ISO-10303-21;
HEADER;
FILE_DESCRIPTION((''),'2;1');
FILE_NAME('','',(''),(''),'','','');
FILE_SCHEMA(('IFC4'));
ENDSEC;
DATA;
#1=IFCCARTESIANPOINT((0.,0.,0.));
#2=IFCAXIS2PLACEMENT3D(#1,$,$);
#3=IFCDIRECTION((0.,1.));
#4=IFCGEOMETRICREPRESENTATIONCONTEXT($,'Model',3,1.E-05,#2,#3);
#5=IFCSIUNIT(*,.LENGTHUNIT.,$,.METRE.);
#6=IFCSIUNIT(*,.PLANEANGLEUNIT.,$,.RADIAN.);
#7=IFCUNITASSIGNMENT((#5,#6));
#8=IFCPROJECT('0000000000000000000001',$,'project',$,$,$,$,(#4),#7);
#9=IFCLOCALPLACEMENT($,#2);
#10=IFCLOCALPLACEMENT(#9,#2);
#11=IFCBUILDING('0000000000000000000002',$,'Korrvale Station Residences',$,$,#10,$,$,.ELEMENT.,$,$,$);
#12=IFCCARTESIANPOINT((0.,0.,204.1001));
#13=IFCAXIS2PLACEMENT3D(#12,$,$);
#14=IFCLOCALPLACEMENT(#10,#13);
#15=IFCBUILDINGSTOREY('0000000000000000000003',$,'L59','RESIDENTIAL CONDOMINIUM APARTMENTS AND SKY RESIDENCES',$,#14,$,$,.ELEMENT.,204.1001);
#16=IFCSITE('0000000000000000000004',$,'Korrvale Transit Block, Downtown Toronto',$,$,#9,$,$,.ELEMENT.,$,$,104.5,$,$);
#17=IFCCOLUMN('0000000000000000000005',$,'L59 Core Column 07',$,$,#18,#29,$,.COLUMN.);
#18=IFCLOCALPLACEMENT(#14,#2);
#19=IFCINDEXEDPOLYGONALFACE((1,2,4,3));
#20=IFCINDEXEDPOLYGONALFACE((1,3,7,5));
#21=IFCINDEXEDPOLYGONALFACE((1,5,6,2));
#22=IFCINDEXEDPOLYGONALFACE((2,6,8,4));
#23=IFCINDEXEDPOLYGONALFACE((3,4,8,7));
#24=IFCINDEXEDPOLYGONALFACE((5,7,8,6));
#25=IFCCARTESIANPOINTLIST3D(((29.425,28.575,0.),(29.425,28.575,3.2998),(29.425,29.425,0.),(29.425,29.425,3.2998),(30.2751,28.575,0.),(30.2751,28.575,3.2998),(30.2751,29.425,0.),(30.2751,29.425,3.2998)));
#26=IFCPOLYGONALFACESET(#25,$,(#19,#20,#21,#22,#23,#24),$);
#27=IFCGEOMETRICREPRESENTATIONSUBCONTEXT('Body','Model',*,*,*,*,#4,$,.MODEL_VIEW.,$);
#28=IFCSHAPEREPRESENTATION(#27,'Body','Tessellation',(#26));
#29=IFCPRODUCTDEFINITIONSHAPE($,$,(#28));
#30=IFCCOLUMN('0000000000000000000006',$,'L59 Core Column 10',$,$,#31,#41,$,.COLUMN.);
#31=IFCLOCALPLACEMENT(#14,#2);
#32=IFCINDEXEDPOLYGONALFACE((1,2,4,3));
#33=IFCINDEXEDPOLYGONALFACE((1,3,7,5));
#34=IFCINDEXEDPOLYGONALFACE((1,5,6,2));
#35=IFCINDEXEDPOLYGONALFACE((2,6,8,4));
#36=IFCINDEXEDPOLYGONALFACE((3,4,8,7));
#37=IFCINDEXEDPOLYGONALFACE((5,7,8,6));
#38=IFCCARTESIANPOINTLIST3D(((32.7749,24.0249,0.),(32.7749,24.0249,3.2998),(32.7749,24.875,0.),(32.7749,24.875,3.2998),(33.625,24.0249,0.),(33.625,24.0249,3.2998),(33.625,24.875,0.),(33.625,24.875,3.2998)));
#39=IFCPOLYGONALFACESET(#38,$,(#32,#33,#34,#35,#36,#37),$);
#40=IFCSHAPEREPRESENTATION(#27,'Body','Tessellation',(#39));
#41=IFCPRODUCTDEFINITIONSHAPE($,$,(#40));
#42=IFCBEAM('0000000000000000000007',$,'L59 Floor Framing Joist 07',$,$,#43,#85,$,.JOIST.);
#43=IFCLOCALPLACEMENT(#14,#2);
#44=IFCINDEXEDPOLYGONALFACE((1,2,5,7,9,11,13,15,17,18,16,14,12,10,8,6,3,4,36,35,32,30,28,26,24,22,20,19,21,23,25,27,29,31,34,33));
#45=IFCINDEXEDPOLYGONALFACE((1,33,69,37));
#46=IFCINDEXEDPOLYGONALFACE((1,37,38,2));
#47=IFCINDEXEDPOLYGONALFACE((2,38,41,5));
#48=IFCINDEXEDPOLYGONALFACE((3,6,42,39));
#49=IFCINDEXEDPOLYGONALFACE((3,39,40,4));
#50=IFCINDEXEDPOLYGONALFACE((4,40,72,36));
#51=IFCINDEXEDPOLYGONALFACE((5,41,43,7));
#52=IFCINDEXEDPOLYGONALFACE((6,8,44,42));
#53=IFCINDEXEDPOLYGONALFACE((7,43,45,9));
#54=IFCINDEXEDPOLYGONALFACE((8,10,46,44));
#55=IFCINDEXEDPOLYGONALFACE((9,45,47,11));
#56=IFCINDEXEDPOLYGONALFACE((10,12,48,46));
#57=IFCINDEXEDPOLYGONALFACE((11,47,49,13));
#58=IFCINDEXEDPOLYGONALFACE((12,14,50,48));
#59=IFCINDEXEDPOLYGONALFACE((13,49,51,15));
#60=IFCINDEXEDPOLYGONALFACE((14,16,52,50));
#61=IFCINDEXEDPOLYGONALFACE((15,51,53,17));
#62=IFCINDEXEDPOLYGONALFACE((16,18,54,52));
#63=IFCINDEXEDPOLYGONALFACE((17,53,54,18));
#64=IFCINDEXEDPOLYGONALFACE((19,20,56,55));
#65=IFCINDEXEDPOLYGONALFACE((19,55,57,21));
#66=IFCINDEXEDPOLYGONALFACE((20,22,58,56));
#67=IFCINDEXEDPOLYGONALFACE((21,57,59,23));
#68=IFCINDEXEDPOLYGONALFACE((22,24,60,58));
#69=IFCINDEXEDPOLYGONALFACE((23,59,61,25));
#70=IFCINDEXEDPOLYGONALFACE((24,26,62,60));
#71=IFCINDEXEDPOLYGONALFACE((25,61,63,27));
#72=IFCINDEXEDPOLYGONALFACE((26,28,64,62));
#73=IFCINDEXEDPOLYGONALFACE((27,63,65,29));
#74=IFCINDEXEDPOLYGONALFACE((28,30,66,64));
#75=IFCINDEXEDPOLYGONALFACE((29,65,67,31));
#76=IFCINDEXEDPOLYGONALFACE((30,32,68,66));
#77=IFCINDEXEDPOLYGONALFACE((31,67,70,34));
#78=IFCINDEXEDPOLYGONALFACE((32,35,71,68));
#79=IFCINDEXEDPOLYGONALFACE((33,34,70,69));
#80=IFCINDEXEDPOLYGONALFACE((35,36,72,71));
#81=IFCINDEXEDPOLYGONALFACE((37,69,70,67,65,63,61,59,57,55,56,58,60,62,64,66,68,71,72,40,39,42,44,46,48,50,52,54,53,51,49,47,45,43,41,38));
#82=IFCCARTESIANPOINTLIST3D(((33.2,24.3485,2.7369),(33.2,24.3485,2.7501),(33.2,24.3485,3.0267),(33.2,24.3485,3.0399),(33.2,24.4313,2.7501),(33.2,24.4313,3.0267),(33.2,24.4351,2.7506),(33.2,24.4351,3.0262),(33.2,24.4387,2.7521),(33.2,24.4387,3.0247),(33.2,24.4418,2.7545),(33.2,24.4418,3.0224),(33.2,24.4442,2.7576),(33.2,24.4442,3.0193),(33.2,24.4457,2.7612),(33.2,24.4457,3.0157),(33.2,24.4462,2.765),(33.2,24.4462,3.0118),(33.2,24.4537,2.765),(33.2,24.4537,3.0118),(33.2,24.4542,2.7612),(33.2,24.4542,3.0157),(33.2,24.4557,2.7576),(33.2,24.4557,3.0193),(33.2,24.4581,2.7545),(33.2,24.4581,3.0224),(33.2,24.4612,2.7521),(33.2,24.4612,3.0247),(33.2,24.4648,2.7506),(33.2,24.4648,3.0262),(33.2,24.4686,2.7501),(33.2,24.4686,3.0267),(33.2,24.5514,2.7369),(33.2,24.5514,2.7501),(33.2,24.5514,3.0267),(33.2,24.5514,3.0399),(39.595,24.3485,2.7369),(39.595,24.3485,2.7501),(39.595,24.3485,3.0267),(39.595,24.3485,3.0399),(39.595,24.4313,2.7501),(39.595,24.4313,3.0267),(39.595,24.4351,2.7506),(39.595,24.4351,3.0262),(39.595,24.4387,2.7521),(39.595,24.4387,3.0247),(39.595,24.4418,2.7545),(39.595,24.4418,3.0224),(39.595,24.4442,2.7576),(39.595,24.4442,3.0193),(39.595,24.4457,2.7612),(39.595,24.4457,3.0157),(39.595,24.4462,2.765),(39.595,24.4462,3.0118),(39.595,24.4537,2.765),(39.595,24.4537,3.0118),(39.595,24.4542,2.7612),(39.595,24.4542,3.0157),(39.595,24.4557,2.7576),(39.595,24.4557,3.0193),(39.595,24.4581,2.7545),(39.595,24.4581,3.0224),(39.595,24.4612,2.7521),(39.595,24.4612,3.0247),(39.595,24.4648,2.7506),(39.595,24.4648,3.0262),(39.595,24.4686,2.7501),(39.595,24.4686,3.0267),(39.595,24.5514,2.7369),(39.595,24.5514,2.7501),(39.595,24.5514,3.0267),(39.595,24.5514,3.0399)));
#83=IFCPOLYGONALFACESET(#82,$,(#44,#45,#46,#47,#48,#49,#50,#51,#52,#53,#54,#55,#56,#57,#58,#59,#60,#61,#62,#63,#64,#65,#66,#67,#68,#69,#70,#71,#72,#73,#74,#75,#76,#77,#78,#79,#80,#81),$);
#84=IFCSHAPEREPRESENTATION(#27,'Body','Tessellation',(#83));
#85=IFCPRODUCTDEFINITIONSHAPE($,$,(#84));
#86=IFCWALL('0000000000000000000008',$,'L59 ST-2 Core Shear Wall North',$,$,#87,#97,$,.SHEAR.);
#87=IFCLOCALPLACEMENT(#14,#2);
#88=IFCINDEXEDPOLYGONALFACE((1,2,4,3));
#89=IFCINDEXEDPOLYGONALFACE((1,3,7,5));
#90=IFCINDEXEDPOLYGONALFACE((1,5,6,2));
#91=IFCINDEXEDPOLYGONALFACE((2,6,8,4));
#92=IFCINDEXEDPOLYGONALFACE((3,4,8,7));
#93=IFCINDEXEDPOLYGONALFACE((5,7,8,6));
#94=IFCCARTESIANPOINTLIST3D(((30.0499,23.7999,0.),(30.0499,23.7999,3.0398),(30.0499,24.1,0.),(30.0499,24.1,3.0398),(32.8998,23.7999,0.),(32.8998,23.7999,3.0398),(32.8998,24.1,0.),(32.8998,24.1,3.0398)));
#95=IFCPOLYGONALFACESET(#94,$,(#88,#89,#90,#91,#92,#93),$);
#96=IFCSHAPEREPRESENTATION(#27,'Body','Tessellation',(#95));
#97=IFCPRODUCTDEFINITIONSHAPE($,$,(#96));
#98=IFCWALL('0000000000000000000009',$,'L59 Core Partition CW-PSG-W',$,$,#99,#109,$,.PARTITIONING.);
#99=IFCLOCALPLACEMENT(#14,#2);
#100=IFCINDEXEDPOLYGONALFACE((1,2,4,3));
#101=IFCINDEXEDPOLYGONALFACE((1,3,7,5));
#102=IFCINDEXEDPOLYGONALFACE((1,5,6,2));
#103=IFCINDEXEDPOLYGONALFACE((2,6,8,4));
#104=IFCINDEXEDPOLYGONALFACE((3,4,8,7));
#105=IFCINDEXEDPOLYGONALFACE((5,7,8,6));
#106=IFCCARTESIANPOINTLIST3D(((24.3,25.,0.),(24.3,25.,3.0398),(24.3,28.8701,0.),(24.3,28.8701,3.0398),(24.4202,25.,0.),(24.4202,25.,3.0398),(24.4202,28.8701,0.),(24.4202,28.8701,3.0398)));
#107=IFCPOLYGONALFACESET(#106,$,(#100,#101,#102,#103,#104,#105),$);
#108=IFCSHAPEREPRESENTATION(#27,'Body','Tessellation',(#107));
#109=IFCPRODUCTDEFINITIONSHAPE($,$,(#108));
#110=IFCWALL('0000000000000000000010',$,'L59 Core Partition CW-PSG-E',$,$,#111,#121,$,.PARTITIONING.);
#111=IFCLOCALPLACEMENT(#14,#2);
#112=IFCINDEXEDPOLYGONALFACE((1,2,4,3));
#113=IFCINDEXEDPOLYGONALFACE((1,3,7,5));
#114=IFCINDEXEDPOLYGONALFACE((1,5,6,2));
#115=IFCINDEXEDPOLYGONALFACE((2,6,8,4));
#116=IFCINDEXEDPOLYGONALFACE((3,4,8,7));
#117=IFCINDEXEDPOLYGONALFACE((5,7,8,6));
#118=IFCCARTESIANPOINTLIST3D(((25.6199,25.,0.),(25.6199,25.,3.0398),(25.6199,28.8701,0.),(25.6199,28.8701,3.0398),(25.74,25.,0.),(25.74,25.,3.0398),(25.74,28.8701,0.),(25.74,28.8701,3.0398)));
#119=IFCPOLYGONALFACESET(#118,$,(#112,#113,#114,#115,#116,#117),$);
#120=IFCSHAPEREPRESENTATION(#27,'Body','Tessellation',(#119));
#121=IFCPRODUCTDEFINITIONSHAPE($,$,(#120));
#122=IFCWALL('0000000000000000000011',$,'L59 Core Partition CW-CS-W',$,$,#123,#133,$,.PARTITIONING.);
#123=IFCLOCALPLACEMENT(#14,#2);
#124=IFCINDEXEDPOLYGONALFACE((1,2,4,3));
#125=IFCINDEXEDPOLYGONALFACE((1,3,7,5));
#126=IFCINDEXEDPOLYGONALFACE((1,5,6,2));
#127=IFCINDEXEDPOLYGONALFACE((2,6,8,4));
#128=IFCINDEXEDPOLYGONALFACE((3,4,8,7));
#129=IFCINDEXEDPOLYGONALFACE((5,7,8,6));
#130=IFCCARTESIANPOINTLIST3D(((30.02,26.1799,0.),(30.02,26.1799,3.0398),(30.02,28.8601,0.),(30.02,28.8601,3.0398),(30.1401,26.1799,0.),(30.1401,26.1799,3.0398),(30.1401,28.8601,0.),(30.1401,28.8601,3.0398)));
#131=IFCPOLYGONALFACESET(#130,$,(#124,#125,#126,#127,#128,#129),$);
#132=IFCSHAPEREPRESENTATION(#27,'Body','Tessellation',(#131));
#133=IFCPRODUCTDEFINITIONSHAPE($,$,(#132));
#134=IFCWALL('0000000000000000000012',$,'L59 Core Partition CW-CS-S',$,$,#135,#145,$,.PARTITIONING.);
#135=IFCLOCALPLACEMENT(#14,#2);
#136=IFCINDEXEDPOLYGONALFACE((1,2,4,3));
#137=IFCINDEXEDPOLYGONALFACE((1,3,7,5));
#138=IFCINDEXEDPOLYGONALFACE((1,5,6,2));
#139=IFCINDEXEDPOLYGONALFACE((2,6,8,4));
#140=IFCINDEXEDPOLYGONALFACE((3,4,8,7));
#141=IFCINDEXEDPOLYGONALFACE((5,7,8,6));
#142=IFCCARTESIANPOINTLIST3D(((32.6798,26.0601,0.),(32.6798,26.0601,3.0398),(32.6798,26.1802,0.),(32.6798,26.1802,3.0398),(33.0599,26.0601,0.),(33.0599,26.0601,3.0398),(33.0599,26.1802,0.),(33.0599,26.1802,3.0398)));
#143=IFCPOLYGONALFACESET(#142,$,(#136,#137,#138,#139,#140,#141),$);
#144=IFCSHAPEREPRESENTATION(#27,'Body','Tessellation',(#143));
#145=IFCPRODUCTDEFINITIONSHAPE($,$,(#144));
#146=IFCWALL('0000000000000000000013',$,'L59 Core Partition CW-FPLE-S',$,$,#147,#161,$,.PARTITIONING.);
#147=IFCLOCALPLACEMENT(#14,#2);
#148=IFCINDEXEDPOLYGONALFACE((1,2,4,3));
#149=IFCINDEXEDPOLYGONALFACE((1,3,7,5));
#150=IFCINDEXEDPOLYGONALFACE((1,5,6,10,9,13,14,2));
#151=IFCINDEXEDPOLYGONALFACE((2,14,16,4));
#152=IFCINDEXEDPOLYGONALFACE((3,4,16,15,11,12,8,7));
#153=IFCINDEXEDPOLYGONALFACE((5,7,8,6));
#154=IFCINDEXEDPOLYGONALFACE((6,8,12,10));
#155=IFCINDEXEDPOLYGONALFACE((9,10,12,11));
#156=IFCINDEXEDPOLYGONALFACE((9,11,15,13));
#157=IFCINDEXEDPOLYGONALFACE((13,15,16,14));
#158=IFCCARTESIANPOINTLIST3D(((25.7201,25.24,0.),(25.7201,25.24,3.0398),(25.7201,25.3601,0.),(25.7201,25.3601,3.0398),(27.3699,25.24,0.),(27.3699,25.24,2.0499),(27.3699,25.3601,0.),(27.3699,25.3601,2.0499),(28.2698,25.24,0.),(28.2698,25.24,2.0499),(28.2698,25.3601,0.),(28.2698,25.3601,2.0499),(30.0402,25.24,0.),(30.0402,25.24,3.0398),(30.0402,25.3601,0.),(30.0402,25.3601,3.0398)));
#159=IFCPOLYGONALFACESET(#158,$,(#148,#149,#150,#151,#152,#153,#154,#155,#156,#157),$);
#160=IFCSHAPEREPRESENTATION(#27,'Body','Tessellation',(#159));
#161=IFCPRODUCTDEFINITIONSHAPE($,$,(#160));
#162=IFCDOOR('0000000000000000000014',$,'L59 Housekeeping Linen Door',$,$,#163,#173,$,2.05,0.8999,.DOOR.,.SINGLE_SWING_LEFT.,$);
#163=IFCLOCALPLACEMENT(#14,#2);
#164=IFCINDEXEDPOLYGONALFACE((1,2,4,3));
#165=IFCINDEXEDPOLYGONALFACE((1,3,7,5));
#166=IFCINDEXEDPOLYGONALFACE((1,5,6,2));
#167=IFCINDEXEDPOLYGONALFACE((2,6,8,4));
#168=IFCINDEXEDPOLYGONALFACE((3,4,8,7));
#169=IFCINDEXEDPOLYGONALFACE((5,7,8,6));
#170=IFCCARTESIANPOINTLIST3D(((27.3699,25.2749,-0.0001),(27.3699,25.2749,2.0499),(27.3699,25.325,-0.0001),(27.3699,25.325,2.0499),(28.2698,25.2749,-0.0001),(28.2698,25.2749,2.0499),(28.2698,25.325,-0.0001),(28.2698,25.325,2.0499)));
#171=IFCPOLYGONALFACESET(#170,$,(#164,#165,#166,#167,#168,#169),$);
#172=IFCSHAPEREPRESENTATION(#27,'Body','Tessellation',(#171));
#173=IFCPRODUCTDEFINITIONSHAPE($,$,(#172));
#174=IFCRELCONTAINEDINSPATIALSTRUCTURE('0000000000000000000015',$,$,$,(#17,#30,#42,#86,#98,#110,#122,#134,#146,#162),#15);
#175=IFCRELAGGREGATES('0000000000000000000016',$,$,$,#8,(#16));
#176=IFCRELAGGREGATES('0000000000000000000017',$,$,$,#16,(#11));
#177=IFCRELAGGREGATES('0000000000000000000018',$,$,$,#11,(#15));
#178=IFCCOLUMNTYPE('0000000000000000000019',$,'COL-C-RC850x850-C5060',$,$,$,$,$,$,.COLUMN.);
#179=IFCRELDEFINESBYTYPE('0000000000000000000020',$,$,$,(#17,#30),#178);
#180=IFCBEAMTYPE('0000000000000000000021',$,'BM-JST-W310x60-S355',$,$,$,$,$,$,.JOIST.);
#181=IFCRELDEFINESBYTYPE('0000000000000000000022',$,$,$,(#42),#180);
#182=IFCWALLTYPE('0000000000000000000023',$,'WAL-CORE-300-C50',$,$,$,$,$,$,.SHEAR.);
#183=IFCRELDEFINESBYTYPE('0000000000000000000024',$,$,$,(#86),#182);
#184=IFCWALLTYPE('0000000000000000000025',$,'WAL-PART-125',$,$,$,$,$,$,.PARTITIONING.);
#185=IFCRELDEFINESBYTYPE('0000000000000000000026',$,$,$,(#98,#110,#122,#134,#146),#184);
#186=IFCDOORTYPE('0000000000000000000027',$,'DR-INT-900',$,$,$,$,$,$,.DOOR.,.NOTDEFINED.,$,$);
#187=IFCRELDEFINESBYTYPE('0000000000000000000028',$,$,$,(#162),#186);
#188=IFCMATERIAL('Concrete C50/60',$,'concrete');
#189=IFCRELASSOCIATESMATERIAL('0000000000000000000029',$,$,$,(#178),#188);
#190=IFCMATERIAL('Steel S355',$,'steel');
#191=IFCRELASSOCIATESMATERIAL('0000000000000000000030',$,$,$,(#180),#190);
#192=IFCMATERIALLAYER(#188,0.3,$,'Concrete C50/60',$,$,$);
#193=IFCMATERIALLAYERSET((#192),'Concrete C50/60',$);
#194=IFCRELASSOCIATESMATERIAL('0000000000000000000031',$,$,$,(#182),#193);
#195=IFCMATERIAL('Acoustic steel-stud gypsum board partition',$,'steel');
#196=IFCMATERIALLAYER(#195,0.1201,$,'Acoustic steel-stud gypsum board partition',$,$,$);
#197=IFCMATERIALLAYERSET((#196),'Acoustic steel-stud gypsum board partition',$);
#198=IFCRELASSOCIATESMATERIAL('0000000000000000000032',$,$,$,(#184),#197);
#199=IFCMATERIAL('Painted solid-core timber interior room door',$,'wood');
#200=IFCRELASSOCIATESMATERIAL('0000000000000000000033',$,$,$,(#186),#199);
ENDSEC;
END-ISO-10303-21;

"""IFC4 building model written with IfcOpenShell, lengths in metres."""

from ifc_helpers import new_model, si_unit, direction, frame, frame_2d, origin, origin_2d, place, context, subcontext, project, spatial, rectangle, i_section, extrude, material, layer, layer_set, material_profile, profile_set, type_object, element, fill, save


model = new_model("IFC4")

# Units and contexts
model_context = context("Model", 3, precision=1e-05, world=origin(), true_north=direction((0.0, 1.0)))
body_context = subcontext(model_context, "Body", "Model", "MODEL_VIEW")
ifc_project = project(units=[si_unit("LENGTHUNIT", "METRE"), si_unit("PLANEANGLEUNIT", "RADIAN")], contexts=[model_context])

# Site, building, storey
site_placement = place(None, origin())
site = spatial("IfcSite", under=ifc_project, at=site_placement, Name="Korrvale Transit Block, Downtown Toronto", CompositionType="ELEMENT", RefElevation=104.5)
building_placement = place(site_placement, origin())
building = spatial("IfcBuilding", under=site, at=building_placement, Name="Korrvale Station Residences", CompositionType="ELEMENT")
storey_placement = place(building_placement, frame((0.0, 0.0, 204.1001)))
storey = spatial("IfcBuildingStorey", under=building, at=storey_placement, Name="L59", Description="RESIDENTIAL CONDOMINIUM APARTMENTS AND SKY RESIDENCES", CompositionType="ELEMENT", Elevation=204.1001)

# Columns
ifc_material_1 = material(Name="Concrete C50/60", Category="concrete")
ifc_material_profile_1 = material_profile(ifc_material_1, rectangle(XDim=0.8501, YDim=0.8501, at=origin_2d()), Name="RC850x850")
ifc_profile_set_1 = profile_set([ifc_material_profile_1], Name="Concrete C50/60")
column_type = type_object("IfcColumnType", Name="COL-C-RC850x850-C5060", PredefinedType="COLUMN", material=ifc_profile_set_1)
for number, where, z_axis, x_axis, name in (
    (1, (29.8501, 29.0, 0.0), (0.0, 0.0, 1.0), (1.0, 0.0, 0.0), "L59 Core Column 07"),
    (2, (33.2, 24.45, 0.0), (0.0, 0.0, 1.0), (1.0, 0.0, 0.0), "L59 Core Column 10"),
):
    element("IfcColumn", number, at=place(storey_placement, frame(where, z_axis=z_axis, x_axis=x_axis)), inside=storey, type_object=column_type, Name=name, PredefinedType="COLUMN", context=body_context, shape_type="SweptSolid", body=[
        extrude(rectangle(XDim=0.8501, YDim=0.8501, at=origin_2d()), origin(), (0.0, 0.0, 1.0), 3.2998),
    ])

# Beam
ifc_material_2 = material(Name="Steel S355", Category="steel")
ifc_material_profile_2 = material_profile(ifc_material_2, i_section(OverallWidth=0.2029, OverallDepth=0.303, WebThickness=0.0076, FlangeThickness=0.0132, FilletRadius=0.0149, at=origin_2d()), Name="W310x60")
ifc_profile_set_2 = profile_set([ifc_material_profile_2], Name="Steel S355")
beam_type = type_object("IfcBeamType", Name="BM-JST-W310x60-S355", PredefinedType="JOIST", material=ifc_profile_set_2)
beam_placement = place(storey_placement, frame((33.2, 24.45, 2.8884), z_axis=(1.0, 0.0, 0.0), x_axis=(0.0, 1.0, 0.0)))
element("IfcBeam", 3, at=beam_placement, inside=storey, type_object=beam_type, Name="L59 Floor Framing Joist 07", PredefinedType="JOIST", context=body_context, shape_type="SweptSolid", body=[
    extrude(i_section(OverallWidth=0.2029, OverallDepth=0.303, WebThickness=0.0076, FlangeThickness=0.0132, FilletRadius=0.0149, at=origin_2d()), origin(), (0.0, 0.0, 1.0), 6.395),
])

# Walls
ifc_layer_1 = layer(ifc_material_1, 0.3, Name="Concrete C50/60")
ifc_layer_set_1 = layer_set([ifc_layer_1], Name="Concrete C50/60")
wall_type_1 = type_object("IfcWallType", Name="WAL-CORE-300-C50", PredefinedType="SHEAR", material=ifc_layer_set_1)
wall_1_placement = place(storey_placement, frame((30.05, 23.95, 0.0), z_axis=(0.0, 0.0, 1.0), x_axis=(1.0, 0.0, 0.0)))
element("IfcWall", 4, at=wall_1_placement, inside=storey, type_object=wall_type_1, Name="L59 ST-2 Core Shear Wall North", PredefinedType="SHEAR", context=body_context, shape_type="SweptSolid", body=[
    extrude(rectangle(XDim=2.8499, YDim=0.3, at=frame_2d((1.4248, 0.0))), origin(), (0.0, 0.0, 1.0), 3.0398),
])
ifc_material_3 = material(Name="Acoustic steel-stud gypsum board partition", Category="steel")
ifc_layer_2 = layer(ifc_material_3, 0.1201, Name="Acoustic steel-stud gypsum board partition")
ifc_layer_set_2 = layer_set([ifc_layer_2], Name="Acoustic steel-stud gypsum board partition")
wall_type_2 = type_object("IfcWallType", Name="WAL-PART-125", PredefinedType="PARTITIONING", material=ifc_layer_set_2)
for number, where, z_axis, x_axis, name in (
    (5, (24.3601, 25.0, 0.0), (0.0, 0.0, 1.0), (0.0, 1.0, 0.0), "L59 Core Partition CW-PSG-W"),
    (6, (25.6799, 25.0, 0.0), (0.0, 0.0, 1.0), (0.0, 1.0, 0.0), "L59 Core Partition CW-PSG-E"),
):
    element("IfcWall", number, at=place(storey_placement, frame(where, z_axis=z_axis, x_axis=x_axis)), inside=storey, type_object=wall_type_2, Name=name, PredefinedType="PARTITIONING", context=body_context, shape_type="SweptSolid", body=[
        extrude(rectangle(XDim=3.8701, YDim=0.1201, at=frame_2d((1.9351, 0.0))), origin(), (0.0, 0.0, 1.0), 3.0398),
    ])
wall_2_placement = place(storey_placement, frame((30.0801, 26.1799, 0.0), z_axis=(0.0, 0.0, 1.0), x_axis=(0.0, 1.0, 0.0)))
element("IfcWall", 7, at=wall_2_placement, inside=storey, type_object=wall_type_2, Name="L59 Core Partition CW-CS-W", PredefinedType="PARTITIONING", context=body_context, shape_type="SweptSolid", body=[
    extrude(rectangle(XDim=2.6802, YDim=0.1201, at=frame_2d((1.3401, 0.0))), origin(), (0.0, 0.0, 1.0), 3.0398),
])
wall_3_placement = place(storey_placement, frame((32.6799, 26.1201, 0.0), z_axis=(0.0, 0.0, 1.0), x_axis=(1.0, 0.0, 0.0)))
element("IfcWall", 8, at=wall_3_placement, inside=storey, type_object=wall_type_2, Name="L59 Core Partition CW-CS-S", PredefinedType="PARTITIONING", context=body_context, shape_type="SweptSolid", body=[
    extrude(rectangle(XDim=0.3801, YDim=0.1201, at=frame_2d((0.1899, 0.0))), origin(), (0.0, 0.0, 1.0), 3.0398),
])

# Wall, opening, door
wall_4_placement = place(storey_placement, frame((25.72, 25.3, 0.0), z_axis=(0.0, 0.0, 1.0), x_axis=(1.0, 0.0, 0.0)))
wall_4 = element("IfcWall", 9, at=wall_4_placement, inside=storey, type_object=wall_type_2, Name="L59 Core Partition CW-FPLE-S", PredefinedType="PARTITIONING", context=body_context, shape_type="SweptSolid", body=[
    extrude(rectangle(XDim=4.3201, YDim=0.1201, at=frame_2d((2.1602, 0.0))), origin(), (0.0, 0.0, 1.0), 3.0398),
])
opening_1_placement = place(wall_4_placement, frame((1.6499, 0.0, 0.0)))
opening_1 = element("IfcOpeningElement", 10, at=opening_1_placement, cuts=wall_4, PredefinedType="OPENING", context=body_context, shape_type="SweptSolid", body=[
    extrude(rectangle(XDim=0.8999, YDim=2.05, at=frame_2d((0.45, 1.0249))), frame((0.0, 0.0701, 0.0), z_axis=(0.0, -1.0, 0.0), x_axis=(1.0, 0.0, 0.0)), (0.0, 0.0, 1.0), 0.1401),
])
ifc_material_4 = material(Name="Painted solid-core timber interior room door", Category="wood")
door_type_1 = type_object("IfcDoorType", Name="DR-INT-900", OperationType="NOTDEFINED", PredefinedType="DOOR", material=ifc_material_4)
door_1_placement = place(opening_1_placement, origin())
door_1 = element("IfcDoor", 11, at=door_1_placement, inside=storey, type_object=door_type_1, Name="L59 Housekeeping Linen Door", OperationType="SINGLE_SWING_LEFT", OverallHeight=2.05, OverallWidth=0.8999, PredefinedType="DOOR", context=body_context, shape_type="SweptSolid", body=[
    extrude(rectangle(XDim=0.8999, YDim=2.05, at=frame_2d((0.45, 1.0249))), frame((0.0, 0.0249, 0.0), z_axis=(0.0, -1.0, 0.0), x_axis=(1.0, 0.0, 0.0)), (0.0, 0.0, 1.0), 0.05),
])
fill(opening_1, door_1)

save(model, "model.ifc")
